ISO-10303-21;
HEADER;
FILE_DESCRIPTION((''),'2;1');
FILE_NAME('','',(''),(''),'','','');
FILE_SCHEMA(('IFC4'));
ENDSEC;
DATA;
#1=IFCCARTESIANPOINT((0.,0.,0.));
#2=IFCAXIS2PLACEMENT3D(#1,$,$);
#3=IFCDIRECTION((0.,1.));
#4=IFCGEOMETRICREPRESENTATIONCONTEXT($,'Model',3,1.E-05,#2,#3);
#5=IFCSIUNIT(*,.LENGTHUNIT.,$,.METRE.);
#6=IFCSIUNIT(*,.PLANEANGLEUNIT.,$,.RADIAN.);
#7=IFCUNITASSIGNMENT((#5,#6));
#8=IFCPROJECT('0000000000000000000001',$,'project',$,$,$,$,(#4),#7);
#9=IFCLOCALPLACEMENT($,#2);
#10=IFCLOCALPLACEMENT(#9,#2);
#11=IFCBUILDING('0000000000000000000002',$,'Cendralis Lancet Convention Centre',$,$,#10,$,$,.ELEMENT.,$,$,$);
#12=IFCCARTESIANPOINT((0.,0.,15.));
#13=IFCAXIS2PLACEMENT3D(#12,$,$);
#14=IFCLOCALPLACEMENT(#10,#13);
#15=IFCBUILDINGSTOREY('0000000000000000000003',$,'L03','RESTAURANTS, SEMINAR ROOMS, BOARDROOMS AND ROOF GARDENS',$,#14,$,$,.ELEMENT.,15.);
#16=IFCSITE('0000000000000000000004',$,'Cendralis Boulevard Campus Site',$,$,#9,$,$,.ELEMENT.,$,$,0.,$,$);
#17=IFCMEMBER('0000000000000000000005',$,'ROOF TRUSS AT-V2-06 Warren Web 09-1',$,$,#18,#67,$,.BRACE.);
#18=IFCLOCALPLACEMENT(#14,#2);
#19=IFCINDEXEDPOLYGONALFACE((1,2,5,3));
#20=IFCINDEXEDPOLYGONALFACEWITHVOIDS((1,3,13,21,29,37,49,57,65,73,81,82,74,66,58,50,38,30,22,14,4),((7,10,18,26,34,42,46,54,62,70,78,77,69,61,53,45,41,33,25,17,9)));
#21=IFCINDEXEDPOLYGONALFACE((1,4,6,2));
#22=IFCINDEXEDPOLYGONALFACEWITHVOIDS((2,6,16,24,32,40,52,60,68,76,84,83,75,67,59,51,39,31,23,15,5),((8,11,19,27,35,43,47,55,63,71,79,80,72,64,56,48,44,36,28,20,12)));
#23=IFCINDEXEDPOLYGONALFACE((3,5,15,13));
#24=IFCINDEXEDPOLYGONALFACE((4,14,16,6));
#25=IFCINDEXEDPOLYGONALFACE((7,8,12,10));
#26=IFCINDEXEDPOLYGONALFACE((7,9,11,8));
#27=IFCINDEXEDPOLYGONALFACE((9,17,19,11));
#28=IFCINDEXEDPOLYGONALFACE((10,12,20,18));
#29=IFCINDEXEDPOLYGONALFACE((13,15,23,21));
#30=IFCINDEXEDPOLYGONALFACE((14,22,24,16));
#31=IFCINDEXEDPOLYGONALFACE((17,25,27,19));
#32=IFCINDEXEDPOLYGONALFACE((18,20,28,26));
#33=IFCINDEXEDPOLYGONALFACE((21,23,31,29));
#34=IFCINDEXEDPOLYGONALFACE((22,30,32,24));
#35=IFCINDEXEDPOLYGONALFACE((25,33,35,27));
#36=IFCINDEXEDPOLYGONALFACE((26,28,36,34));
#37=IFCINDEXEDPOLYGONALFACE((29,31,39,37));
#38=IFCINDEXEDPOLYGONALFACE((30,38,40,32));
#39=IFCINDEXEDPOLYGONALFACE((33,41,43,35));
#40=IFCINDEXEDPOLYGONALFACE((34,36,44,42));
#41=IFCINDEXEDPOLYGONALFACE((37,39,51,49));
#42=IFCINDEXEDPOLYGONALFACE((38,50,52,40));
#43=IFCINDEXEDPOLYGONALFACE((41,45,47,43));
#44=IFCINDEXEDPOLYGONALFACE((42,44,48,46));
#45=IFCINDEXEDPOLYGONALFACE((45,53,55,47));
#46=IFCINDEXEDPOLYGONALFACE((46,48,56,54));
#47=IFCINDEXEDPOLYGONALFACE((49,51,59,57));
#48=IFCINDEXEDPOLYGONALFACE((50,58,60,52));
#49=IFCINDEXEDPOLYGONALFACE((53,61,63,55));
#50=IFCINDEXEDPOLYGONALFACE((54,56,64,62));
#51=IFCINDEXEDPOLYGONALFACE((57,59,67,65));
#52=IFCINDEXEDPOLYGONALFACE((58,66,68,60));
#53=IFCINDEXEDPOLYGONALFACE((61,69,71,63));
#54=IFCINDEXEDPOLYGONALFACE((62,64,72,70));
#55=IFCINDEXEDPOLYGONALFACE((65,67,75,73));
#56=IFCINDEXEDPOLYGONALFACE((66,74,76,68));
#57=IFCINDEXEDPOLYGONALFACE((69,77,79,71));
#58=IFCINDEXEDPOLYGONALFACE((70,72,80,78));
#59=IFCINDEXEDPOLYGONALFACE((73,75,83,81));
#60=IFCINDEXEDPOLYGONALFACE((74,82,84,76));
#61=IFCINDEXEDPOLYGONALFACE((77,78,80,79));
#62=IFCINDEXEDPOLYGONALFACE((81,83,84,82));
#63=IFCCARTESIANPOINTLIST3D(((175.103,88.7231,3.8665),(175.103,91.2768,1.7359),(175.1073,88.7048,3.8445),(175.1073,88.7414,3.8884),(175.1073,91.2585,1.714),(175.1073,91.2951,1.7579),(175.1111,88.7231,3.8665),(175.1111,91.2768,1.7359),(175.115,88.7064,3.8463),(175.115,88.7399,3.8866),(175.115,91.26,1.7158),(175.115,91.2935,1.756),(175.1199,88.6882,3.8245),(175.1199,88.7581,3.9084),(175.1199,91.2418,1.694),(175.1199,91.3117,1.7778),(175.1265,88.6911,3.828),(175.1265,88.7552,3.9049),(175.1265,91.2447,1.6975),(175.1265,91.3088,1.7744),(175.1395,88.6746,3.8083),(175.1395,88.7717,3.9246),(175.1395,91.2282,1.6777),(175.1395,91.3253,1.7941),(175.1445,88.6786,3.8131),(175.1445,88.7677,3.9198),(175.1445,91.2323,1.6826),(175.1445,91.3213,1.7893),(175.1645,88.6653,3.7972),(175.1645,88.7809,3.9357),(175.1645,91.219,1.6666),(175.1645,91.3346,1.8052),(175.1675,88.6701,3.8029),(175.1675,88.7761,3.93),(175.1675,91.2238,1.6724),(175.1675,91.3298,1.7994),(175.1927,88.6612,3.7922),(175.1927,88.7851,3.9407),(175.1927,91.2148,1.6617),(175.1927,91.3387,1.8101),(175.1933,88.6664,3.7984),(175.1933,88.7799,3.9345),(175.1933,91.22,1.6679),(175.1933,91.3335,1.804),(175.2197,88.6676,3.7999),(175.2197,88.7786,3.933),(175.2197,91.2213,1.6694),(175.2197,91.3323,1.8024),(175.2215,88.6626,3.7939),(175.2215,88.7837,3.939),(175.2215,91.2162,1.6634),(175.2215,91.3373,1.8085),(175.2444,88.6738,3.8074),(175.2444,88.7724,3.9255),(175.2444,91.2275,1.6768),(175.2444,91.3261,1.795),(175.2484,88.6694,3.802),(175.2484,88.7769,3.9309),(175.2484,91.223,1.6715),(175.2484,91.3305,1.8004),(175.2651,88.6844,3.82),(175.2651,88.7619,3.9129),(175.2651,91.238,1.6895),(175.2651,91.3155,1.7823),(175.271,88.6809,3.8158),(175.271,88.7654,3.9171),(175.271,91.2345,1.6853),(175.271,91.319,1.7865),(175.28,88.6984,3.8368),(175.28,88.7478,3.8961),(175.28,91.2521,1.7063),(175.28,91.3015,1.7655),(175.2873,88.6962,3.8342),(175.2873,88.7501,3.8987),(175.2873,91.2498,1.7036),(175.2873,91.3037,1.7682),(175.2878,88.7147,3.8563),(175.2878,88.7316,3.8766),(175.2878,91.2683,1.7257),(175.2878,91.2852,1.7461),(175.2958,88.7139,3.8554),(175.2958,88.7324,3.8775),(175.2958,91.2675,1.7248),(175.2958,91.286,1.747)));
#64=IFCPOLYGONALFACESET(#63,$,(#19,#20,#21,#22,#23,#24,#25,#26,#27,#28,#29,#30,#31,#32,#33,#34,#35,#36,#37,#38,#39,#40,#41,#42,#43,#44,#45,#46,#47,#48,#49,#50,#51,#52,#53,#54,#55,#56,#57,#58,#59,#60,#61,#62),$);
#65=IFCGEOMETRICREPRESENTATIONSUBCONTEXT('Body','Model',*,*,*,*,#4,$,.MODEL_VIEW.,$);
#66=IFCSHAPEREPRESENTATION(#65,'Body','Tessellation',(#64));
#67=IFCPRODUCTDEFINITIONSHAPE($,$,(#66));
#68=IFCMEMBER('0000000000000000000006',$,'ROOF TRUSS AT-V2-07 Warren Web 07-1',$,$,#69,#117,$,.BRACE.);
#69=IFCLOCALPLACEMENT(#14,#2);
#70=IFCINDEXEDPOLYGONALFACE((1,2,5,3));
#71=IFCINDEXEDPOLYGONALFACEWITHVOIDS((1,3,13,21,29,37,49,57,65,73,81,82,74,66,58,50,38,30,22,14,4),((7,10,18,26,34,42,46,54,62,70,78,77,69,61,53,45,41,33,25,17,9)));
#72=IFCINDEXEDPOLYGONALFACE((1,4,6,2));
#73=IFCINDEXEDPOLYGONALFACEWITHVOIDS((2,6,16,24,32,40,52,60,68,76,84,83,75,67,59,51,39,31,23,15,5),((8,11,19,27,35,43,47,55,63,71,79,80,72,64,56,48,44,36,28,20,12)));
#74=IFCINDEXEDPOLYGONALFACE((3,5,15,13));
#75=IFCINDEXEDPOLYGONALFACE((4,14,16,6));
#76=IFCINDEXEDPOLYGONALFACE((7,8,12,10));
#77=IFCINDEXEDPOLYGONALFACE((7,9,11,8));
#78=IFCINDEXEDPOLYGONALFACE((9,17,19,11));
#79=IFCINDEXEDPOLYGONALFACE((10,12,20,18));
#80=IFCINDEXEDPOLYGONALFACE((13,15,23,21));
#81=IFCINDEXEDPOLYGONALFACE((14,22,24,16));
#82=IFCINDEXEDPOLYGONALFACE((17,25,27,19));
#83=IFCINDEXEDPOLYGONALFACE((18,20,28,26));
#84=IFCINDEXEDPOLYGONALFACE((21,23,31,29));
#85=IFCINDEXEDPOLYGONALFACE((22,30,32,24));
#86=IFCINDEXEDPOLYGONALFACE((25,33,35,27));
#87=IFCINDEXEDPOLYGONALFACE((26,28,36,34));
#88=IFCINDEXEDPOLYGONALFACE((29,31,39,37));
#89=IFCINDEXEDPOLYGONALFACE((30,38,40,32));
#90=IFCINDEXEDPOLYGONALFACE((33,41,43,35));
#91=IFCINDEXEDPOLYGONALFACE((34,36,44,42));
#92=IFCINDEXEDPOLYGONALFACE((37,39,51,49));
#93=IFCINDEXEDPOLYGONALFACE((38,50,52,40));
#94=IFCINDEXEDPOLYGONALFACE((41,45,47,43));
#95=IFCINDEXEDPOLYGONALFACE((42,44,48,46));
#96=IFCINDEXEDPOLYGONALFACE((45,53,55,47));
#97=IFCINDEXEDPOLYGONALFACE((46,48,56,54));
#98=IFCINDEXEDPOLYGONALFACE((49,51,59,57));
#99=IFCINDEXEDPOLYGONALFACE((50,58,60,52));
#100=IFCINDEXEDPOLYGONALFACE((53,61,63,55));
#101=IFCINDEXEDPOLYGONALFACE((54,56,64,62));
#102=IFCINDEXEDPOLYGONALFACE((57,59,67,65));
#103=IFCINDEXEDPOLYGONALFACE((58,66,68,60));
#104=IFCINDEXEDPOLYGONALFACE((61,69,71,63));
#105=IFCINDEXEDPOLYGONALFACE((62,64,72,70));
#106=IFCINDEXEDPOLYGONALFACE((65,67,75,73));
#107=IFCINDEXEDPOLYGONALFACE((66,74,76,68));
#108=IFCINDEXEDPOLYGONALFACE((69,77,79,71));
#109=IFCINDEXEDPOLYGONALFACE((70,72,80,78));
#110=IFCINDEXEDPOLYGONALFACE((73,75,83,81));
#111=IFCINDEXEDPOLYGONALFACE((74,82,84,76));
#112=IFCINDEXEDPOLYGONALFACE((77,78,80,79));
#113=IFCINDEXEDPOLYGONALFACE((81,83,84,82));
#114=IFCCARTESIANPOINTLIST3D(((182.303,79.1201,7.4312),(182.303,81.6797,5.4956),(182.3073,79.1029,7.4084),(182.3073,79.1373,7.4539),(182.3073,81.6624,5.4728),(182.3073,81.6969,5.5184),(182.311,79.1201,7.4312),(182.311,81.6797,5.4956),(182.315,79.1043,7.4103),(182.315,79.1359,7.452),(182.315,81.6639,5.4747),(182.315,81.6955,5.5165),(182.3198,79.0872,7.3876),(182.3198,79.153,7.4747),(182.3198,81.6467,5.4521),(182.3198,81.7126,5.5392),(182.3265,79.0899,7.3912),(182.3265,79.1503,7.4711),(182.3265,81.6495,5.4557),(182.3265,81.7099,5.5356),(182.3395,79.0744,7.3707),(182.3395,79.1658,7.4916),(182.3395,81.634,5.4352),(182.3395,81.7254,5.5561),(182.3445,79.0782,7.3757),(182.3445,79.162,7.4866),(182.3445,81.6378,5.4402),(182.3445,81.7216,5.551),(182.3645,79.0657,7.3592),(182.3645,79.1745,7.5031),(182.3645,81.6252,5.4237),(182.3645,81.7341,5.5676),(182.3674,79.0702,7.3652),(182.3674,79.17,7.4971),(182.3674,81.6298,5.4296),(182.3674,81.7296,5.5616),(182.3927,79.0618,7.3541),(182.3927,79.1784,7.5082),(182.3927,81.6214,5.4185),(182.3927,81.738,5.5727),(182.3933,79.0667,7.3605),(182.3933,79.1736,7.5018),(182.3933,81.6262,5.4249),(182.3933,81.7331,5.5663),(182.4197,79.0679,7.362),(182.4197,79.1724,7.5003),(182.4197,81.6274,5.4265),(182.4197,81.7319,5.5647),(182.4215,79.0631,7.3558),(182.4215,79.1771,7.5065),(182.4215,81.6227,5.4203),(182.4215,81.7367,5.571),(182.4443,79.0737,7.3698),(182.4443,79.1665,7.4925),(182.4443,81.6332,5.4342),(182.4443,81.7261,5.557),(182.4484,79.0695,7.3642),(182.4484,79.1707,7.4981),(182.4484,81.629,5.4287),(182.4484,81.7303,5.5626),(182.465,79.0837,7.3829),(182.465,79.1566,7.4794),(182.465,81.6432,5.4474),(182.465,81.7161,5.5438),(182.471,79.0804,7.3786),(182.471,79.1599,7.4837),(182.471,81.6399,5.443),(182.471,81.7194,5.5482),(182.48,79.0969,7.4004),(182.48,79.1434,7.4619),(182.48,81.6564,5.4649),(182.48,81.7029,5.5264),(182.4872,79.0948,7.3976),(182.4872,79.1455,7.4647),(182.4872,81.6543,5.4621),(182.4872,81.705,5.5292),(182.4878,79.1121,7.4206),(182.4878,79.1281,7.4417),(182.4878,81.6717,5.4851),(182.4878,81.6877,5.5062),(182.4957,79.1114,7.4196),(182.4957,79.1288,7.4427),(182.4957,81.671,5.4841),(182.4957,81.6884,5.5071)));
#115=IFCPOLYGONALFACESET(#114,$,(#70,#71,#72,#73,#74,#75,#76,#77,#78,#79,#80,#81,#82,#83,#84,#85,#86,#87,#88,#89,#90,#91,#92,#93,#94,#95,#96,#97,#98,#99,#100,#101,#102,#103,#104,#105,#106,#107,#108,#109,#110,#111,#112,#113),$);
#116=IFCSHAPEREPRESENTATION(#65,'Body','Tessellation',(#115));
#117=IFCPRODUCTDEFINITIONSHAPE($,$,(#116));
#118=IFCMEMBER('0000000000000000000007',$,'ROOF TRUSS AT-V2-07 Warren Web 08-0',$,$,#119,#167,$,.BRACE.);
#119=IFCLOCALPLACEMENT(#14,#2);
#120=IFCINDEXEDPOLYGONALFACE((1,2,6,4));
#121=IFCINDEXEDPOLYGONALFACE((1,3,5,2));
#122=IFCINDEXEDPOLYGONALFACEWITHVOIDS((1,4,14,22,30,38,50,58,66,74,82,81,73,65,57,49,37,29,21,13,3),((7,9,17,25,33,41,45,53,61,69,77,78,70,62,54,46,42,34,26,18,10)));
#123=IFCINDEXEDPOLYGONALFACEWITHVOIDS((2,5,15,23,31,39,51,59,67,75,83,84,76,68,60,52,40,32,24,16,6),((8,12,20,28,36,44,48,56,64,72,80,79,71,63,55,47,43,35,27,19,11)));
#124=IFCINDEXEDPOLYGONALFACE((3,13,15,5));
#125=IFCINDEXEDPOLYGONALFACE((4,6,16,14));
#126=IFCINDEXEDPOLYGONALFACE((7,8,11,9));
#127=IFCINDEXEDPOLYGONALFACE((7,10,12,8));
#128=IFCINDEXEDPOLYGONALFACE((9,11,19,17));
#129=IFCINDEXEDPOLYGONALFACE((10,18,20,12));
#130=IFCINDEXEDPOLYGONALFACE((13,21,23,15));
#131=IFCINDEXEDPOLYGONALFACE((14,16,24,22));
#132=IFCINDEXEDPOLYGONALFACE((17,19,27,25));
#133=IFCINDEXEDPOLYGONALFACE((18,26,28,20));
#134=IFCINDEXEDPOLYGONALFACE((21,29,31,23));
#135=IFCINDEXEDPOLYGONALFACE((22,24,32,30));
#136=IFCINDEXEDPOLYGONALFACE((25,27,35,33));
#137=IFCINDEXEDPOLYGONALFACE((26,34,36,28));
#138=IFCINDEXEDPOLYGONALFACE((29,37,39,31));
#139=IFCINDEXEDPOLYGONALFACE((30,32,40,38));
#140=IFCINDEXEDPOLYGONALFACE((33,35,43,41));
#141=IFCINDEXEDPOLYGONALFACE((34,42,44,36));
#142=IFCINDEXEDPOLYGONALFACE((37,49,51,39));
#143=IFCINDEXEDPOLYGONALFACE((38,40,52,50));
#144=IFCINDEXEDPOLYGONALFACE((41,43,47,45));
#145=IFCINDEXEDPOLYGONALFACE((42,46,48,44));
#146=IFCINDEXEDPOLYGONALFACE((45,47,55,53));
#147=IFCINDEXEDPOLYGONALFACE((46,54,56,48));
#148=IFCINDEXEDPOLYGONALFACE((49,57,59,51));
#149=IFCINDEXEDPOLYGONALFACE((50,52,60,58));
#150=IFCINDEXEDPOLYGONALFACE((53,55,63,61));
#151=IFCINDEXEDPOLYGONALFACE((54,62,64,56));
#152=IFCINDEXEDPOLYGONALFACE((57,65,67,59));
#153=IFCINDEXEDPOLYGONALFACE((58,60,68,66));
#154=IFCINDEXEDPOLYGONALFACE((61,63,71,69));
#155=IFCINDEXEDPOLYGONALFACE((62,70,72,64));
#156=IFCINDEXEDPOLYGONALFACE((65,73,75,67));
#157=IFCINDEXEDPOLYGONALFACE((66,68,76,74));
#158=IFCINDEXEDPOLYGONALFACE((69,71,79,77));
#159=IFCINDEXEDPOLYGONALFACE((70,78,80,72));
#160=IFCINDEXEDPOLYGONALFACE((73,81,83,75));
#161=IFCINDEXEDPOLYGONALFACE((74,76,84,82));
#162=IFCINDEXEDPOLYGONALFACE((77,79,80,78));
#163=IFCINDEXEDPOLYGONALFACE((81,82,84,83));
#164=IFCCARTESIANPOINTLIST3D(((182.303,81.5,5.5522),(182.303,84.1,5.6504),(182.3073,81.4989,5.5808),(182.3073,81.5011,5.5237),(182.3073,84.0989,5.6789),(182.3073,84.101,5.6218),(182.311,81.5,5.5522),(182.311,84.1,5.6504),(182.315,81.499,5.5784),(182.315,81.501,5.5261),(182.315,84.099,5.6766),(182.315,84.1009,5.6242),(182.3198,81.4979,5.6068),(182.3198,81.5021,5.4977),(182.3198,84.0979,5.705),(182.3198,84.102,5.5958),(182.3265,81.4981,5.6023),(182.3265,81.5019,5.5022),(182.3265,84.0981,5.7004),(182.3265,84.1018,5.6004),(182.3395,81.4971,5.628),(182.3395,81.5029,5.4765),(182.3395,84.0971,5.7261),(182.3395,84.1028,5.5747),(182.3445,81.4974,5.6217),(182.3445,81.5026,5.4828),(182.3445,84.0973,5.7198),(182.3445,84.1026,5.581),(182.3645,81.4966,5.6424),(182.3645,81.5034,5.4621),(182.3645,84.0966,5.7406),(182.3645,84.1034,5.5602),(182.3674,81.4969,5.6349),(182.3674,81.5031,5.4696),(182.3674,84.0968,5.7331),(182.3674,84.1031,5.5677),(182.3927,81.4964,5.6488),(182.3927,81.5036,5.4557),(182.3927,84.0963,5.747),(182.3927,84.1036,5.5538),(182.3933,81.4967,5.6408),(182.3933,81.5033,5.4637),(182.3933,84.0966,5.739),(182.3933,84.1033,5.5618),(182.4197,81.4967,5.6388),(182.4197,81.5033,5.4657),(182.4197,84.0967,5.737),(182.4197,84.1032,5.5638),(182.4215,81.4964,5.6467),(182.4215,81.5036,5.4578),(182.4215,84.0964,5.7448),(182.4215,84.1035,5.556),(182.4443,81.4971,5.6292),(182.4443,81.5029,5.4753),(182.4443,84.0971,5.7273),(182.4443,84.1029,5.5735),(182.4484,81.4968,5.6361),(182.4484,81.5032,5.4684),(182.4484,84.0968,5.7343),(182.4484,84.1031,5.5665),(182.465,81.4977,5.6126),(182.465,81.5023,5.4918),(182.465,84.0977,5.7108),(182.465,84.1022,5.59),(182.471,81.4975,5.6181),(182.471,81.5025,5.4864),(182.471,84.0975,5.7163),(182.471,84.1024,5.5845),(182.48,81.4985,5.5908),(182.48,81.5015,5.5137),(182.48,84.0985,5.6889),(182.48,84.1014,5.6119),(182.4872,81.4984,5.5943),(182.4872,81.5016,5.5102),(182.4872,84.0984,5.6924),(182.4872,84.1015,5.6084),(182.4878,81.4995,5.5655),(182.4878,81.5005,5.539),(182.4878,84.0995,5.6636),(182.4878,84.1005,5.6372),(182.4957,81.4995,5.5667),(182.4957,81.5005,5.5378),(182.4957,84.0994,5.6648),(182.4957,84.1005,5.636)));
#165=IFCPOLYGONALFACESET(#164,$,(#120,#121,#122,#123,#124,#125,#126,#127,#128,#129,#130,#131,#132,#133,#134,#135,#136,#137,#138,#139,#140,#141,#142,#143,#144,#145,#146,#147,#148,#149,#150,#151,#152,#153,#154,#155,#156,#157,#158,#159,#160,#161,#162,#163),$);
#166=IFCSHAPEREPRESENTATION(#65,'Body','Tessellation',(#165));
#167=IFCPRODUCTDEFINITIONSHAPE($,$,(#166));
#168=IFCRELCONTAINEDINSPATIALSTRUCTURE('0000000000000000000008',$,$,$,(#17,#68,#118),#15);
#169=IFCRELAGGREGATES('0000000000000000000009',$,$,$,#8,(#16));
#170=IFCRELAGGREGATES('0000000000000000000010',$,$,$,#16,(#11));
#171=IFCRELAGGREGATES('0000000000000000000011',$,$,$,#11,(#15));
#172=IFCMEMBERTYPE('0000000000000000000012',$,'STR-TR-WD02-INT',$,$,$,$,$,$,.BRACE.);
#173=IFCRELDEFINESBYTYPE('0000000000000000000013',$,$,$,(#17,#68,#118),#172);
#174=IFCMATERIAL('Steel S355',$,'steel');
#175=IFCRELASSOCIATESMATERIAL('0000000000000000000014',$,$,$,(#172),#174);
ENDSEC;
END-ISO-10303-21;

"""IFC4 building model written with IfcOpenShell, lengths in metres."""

from ifc_helpers import new_model, si_unit, direction, frame, origin, origin_2d, place, context, subcontext, project, spatial, hollow_circle, extrude, material, material_profile, profile_set, type_object, element, save


model = new_model("IFC4")

# Units and contexts
model_context = context("Model", 3, precision=1e-05, world=origin(), true_north=direction((0.0, 1.0)))
body_context = subcontext(model_context, "Body", "Model", "MODEL_VIEW")
ifc_project = project(units=[si_unit("LENGTHUNIT", "METRE"), si_unit("PLANEANGLEUNIT", "RADIAN")], contexts=[model_context])

# Site, building, storey
site_placement = place(None, origin())
site = spatial("IfcSite", under=ifc_project, at=site_placement, Name="Cendralis Boulevard Campus Site", CompositionType="ELEMENT", RefElevation=0.0)
building_placement = place(site_placement, origin())
building = spatial("IfcBuilding", under=site, at=building_placement, Name="Cendralis Lancet Convention Centre", CompositionType="ELEMENT")
storey_placement = place(building_placement, frame((0.0, 0.0, 15.0)))
storey = spatial("IfcBuildingStorey", under=building, at=storey_placement, Name="L03", Description="RESTAURANTS, SEMINAR ROOMS, BOARDROOMS AND ROOF GARDENS", CompositionType="ELEMENT", Elevation=15.0)

# Members
ifc_material_1 = material(Name="Steel S355", Category="steel")
ifc_material_profile_1 = material_profile(ifc_material_1, hollow_circle(Radius=0.0969, WallThickness=0.0081, at=origin_2d()), Name="CHS 193.7x8.0")
ifc_profile_set_1 = profile_set([ifc_material_profile_1], Name="Steel S355")
member_type_1 = type_object("IfcMemberType", Name="STR-TR-WD02-INT", PredefinedType="BRACE", material=ifc_profile_set_1)
member_1_placement = place(storey_placement, frame((175.2, 88.7231, 3.8665), z_axis=(0.0, 0.767848, -0.640632), x_axis=(-1.0, 0.0, 0.0)))
element("IfcMember", 1, at=member_1_placement, inside=storey, type_object=member_type_1, Name="ROOF TRUSS AT-V2-06 Warren Web 09-1", PredefinedType="BRACE", context=body_context, shape_type="SweptSolid", body=[
    extrude(hollow_circle(Radius=0.0969, WallThickness=0.0081, at=origin_2d()), origin(), (0.0, 0.0, 1.0), 3.3257),
])
member_2_placement = place(storey_placement, frame((182.3999, 79.1201, 7.4312), z_axis=(0.0, 0.79762, -0.60316), x_axis=(-1.0, 0.0, 0.0)))
element("IfcMember", 2, at=member_2_placement, inside=storey, type_object=member_type_1, Name="ROOF TRUSS AT-V2-07 Warren Web 07-1", PredefinedType="BRACE", context=body_context, shape_type="SweptSolid", body=[
    extrude(hollow_circle(Radius=0.0969, WallThickness=0.0081, at=origin_2d()), origin(), (0.0, 0.0, 1.0), 3.209),
])
member_3_placement = place(storey_placement, frame((182.3999, 81.5, 5.5522), z_axis=(0.0, 0.999288, 0.037723), x_axis=(-1.0, 0.0, 0.0)))
element("IfcMember", 3, at=member_3_placement, inside=storey, type_object=member_type_1, Name="ROOF TRUSS AT-V2-07 Warren Web 08-0", PredefinedType="BRACE", context=body_context, shape_type="SweptSolid", body=[
    extrude(hollow_circle(Radius=0.0969, WallThickness=0.0081, at=origin_2d()), origin(), (0.0, 0.0, 1.0), 2.6018),
])

save(model, "model.ifc")
